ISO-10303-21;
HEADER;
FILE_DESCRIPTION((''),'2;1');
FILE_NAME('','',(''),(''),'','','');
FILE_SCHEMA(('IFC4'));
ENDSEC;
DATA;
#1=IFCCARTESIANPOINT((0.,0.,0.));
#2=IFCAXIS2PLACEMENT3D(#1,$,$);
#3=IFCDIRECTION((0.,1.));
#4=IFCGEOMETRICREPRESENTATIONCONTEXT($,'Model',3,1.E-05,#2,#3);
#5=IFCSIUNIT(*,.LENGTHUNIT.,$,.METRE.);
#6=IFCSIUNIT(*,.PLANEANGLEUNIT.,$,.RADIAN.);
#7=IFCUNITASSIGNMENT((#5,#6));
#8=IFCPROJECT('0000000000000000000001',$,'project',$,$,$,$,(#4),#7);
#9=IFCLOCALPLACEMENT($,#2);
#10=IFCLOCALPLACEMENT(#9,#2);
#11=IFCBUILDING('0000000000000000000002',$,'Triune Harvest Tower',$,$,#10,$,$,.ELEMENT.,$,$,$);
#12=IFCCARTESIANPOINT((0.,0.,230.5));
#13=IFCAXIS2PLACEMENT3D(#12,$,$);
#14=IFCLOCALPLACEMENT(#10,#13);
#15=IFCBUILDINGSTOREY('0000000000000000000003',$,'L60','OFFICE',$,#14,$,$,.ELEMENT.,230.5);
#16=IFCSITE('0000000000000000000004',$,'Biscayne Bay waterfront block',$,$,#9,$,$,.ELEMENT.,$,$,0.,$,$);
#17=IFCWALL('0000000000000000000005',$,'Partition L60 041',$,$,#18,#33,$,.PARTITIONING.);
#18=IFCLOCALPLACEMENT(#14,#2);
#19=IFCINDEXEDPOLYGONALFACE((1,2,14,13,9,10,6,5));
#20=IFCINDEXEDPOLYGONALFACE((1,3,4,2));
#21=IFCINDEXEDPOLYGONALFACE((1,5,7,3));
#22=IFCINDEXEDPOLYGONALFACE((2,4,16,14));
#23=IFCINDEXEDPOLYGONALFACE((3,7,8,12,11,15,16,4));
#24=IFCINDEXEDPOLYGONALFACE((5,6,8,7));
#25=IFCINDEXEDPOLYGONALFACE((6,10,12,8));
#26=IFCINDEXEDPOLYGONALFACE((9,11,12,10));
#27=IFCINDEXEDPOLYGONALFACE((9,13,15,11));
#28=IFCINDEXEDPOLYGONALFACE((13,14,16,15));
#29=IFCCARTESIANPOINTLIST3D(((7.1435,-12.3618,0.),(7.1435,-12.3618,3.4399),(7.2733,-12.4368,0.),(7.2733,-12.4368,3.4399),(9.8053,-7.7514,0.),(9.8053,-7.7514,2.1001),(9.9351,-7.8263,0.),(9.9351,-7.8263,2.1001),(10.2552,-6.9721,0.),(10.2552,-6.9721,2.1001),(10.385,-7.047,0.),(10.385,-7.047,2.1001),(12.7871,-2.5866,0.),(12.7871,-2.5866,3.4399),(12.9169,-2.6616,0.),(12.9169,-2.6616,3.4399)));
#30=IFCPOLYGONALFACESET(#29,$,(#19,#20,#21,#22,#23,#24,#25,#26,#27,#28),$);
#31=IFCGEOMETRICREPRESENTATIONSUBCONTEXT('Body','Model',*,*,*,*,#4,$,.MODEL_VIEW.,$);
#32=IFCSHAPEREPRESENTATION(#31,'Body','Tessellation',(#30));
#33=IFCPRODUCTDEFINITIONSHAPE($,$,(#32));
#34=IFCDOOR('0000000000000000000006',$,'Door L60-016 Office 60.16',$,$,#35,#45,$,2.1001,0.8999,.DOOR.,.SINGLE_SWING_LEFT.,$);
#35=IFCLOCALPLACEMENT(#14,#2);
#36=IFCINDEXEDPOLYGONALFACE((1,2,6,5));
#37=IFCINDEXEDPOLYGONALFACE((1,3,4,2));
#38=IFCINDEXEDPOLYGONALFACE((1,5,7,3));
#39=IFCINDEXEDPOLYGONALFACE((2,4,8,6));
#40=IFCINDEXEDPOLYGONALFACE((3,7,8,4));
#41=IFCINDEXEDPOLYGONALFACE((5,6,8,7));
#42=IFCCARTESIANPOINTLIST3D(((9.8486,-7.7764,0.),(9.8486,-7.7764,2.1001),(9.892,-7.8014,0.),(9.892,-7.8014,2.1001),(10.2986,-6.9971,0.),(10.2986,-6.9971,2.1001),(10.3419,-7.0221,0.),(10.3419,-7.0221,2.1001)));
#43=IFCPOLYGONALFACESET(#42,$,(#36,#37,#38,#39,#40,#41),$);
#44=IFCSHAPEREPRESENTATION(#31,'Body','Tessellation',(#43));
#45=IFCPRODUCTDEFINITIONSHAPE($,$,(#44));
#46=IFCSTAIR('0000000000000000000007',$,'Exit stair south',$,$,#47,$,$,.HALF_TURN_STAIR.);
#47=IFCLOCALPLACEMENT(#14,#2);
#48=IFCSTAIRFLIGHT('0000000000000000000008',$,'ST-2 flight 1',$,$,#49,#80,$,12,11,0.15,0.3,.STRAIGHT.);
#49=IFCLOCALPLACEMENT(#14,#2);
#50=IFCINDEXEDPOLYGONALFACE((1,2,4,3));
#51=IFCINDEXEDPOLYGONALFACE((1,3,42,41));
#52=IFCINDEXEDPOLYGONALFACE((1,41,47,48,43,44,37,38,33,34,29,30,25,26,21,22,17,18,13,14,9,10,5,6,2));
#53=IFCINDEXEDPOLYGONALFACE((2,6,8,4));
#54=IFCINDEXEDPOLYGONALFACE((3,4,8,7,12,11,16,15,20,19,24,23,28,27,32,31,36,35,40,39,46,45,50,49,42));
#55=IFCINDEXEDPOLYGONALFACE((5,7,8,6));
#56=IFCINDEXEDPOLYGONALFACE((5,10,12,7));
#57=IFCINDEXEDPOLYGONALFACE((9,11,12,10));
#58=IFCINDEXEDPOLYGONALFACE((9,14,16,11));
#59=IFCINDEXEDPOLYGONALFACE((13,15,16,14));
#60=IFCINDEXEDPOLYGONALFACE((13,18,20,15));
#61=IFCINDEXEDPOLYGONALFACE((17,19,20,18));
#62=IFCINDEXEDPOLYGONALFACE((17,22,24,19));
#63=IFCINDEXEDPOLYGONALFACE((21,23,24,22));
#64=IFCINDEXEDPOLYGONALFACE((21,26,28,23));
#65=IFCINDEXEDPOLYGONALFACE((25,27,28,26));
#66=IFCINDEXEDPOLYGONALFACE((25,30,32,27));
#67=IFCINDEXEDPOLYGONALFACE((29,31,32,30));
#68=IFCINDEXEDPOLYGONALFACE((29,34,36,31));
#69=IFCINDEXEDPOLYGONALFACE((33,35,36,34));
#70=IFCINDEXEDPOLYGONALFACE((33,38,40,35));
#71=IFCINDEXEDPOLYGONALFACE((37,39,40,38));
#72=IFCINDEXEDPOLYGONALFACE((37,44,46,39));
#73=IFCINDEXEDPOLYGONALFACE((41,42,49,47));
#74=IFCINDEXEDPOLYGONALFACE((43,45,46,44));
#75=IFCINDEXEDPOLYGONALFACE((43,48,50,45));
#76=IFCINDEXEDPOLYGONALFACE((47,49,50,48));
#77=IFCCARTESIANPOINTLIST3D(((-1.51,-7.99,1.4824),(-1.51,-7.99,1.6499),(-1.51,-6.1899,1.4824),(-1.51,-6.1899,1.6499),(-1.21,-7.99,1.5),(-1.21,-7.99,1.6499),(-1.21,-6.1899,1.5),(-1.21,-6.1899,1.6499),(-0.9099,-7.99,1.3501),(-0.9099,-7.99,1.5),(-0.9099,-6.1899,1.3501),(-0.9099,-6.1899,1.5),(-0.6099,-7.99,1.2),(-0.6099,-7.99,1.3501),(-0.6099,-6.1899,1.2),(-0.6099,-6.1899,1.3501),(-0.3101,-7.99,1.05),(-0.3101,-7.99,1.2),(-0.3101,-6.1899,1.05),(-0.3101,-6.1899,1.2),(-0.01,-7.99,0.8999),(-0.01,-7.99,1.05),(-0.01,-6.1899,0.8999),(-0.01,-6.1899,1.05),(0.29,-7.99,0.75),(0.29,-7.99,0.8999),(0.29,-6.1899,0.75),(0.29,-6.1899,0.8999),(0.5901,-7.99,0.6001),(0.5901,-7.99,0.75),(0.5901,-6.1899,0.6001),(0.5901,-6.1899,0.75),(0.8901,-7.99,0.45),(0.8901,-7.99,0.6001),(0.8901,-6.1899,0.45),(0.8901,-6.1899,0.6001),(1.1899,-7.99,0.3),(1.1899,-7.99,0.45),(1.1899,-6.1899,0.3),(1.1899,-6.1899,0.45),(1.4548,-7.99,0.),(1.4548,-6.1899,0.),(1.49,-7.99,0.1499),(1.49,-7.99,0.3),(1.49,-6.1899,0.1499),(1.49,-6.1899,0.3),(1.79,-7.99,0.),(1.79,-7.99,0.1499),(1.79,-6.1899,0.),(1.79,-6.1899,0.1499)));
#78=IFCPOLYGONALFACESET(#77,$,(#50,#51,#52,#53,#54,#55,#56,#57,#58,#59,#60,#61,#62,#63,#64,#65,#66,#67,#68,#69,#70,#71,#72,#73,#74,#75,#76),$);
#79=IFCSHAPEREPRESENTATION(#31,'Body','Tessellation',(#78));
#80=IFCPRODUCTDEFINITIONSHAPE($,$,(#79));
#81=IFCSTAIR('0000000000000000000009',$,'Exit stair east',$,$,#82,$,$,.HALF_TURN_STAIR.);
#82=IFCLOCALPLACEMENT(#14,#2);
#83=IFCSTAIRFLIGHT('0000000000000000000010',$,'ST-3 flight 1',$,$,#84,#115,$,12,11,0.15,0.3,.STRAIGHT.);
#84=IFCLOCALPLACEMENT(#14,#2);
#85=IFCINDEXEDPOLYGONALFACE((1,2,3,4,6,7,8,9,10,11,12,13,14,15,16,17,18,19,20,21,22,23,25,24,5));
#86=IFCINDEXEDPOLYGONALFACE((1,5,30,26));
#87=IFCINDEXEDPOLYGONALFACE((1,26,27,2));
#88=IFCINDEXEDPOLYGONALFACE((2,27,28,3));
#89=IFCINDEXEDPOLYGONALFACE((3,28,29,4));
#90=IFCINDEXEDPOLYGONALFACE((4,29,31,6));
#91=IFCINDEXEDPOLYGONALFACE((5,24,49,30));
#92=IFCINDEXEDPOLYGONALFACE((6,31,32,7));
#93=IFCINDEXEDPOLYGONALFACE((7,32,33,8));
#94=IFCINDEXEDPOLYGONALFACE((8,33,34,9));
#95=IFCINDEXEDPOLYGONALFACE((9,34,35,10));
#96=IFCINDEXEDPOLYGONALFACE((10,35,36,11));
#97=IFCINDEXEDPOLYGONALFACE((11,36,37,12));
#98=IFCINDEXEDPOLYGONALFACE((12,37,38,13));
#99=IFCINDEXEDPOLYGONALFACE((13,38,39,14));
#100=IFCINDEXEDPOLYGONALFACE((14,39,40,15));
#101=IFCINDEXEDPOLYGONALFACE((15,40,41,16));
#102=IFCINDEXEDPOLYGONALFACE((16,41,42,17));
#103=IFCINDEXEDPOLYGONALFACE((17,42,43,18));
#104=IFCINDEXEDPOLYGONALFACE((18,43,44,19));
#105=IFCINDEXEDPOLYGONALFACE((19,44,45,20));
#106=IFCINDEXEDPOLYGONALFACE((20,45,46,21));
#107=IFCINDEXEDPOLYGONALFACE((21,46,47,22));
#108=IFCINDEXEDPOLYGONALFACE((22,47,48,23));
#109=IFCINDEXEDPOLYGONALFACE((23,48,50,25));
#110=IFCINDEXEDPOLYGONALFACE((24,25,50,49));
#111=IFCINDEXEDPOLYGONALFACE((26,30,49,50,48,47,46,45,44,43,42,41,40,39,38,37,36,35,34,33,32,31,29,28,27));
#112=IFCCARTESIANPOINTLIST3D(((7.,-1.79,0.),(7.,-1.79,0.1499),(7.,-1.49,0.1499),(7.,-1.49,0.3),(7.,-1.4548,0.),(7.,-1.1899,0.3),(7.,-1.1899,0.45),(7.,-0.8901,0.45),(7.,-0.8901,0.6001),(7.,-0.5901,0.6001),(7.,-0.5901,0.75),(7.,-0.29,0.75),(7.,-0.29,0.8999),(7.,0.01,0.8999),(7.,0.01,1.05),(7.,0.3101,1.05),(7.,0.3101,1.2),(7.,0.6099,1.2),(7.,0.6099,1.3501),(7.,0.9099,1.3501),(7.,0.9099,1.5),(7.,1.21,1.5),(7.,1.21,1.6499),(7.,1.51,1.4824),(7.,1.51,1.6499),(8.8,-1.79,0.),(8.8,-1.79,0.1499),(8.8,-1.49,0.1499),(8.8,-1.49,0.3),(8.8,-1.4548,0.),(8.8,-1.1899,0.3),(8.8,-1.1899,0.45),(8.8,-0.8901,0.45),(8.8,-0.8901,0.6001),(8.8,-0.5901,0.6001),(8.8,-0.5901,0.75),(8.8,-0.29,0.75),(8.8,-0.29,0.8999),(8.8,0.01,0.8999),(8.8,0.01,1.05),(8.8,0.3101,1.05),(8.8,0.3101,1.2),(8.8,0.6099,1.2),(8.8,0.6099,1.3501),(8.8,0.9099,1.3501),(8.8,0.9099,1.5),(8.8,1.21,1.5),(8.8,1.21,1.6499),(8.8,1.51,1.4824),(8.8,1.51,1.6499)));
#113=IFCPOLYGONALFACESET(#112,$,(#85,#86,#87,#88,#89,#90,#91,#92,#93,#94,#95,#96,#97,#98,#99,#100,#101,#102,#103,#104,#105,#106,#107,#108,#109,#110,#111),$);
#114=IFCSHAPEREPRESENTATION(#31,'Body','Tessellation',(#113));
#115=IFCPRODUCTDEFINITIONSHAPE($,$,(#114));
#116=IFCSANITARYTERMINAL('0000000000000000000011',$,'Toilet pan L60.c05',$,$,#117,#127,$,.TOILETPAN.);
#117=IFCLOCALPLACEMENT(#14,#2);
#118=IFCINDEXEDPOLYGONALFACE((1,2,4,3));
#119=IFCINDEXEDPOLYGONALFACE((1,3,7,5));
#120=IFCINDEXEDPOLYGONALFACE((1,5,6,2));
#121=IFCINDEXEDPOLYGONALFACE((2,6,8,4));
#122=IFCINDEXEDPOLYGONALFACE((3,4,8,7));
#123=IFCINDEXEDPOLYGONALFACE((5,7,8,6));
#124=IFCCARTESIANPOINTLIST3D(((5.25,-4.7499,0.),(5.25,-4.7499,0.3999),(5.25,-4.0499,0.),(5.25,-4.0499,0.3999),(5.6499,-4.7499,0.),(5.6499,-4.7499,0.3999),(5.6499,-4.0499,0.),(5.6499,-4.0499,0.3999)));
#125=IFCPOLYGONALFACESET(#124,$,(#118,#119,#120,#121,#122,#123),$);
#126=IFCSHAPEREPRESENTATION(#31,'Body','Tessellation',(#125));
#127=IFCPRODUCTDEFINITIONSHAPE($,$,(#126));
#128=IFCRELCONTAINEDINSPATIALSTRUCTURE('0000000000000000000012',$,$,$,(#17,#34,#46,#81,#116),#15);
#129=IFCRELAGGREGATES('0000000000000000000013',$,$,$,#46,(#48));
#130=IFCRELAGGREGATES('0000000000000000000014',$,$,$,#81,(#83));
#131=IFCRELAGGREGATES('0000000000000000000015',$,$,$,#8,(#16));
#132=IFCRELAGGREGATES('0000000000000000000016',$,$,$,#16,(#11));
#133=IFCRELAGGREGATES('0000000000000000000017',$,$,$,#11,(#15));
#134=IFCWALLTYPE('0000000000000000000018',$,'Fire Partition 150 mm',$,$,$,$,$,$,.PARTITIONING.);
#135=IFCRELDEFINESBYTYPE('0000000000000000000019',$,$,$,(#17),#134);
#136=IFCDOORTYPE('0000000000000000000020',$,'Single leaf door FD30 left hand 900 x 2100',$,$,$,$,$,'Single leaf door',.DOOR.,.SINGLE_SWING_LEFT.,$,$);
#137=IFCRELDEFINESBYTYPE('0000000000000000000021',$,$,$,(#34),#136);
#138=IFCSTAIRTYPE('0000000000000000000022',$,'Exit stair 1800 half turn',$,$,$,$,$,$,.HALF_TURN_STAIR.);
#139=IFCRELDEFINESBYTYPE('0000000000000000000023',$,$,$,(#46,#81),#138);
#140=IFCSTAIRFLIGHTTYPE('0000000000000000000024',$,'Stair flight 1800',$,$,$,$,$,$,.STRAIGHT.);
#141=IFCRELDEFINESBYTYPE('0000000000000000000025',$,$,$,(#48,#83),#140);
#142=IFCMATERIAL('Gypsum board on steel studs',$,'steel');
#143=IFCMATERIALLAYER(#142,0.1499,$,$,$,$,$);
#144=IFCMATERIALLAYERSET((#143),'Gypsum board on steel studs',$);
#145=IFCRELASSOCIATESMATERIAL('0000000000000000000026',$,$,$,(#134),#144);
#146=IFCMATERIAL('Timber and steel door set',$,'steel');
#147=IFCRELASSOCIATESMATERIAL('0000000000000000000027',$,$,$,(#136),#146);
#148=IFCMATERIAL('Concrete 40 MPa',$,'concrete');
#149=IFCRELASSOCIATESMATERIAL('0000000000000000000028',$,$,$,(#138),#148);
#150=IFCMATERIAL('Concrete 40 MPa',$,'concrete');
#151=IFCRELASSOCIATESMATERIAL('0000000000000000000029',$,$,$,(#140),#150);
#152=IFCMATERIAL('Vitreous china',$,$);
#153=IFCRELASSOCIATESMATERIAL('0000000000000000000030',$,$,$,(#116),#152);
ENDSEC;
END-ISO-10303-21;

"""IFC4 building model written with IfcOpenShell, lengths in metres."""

from ifc_helpers import new_model, si_unit, direction, frame, frame_2d, origin, origin_2d, place, context, subcontext, project, spatial, polyline, rectangle, outline, extrude, source, transform, mapped, material, layer, layer_set, type_object, element, fill, aggregate, save


model = new_model("IFC4")

# Units and contexts
model_context = context("Model", 3, precision=1e-05, world=origin(), true_north=direction((0.0, 1.0)))
body_context = subcontext(model_context, "Body", "Model", "MODEL_VIEW")
ifc_project = project(units=[si_unit("LENGTHUNIT", "METRE"), si_unit("PLANEANGLEUNIT", "RADIAN")], contexts=[model_context])

# Site, building, storey
site_placement = place(None, origin())
site = spatial("IfcSite", under=ifc_project, at=site_placement, Name="Biscayne Bay waterfront block", CompositionType="ELEMENT", RefElevation=0.0)
building_placement = place(site_placement, origin())
building = spatial("IfcBuilding", under=site, at=building_placement, Name="Triune Harvest Tower", CompositionType="ELEMENT")
storey_placement = place(building_placement, frame((0.0, 0.0, 230.5)))
storey = spatial("IfcBuildingStorey", under=building, at=storey_placement, Name="L60", Description="OFFICE", CompositionType="ELEMENT", Elevation=230.5)

# Wall, opening, door
ifc_material_1 = material(Name="Gypsum board on steel studs", Category="steel")
ifc_layer_1 = layer(ifc_material_1, 0.1499)
ifc_layer_set_1 = layer_set([ifc_layer_1], Name="Gypsum board on steel studs")
wall_type_1 = type_object("IfcWallType", Name="Fire Partition 150 mm", PredefinedType="PARTITIONING", material=ifc_layer_set_1)
shared_shape_1 = source(origin(), body_context, "Body", "SweptSolid", [
    extrude(rectangle(XDim=11.2874, YDim=0.1499, at=frame_2d((5.6436, 0.0))), origin(), (0.0, 0.0, 1.0), 3.4399),
])
wall_1_placement = place(storey_placement, frame((7.2085, -12.3992, 0.0), z_axis=(0.0, 0.0, 1.0), x_axis=(0.499991, 0.86603, 0.0)))
wall_1 = element("IfcWall", 1, at=wall_1_placement, inside=storey, type_object=wall_type_1, Name="Partition L60 041", PredefinedType="PARTITIONING", context=body_context, shape_type="MappedRepresentation", body=[
    mapped(shared_shape_1, transform((0.0, 0.0, 0.0), scale=1.0)),
])
opening_1_placement = place(wall_1_placement, frame((5.3235, 0.0, 0.0)))
opening_1 = element("IfcOpeningElement", 2, at=opening_1_placement, cuts=wall_1, PredefinedType="OPENING", context=body_context, shape_type="SweptSolid", body=[
    extrude(rectangle(XDim=0.8999, YDim=2.1001, at=frame_2d((0.45, 1.05))), frame((0.0, 0.085, 0.0), z_axis=(0.0, -1.0, 0.0), x_axis=(1.0, 0.0, 0.0)), (0.0, 0.0, 1.0), 0.1699),
])
ifc_material_2 = material(Name="Timber and steel door set", Category="steel")
door_type_1 = type_object("IfcDoorType", Name="Single leaf door FD30 left hand 900 x 2100", ElementType="Single leaf door", OperationType="SINGLE_SWING_LEFT", PredefinedType="DOOR", material=ifc_material_2)
door_1_placement = place(opening_1_placement, origin())
door_1 = element("IfcDoor", 3, at=door_1_placement, inside=storey, type_object=door_type_1, Name="Door L60-016 Office 60.16", OperationType="SINGLE_SWING_LEFT", OverallHeight=2.1001, OverallWidth=0.8999, PredefinedType="DOOR", context=body_context, shape_type="SweptSolid", body=[
    extrude(rectangle(XDim=0.8999, YDim=2.1001, at=frame_2d((0.45, 1.05))), frame((0.0, 0.0249, 0.0), z_axis=(0.0, -1.0, 0.0), x_axis=(1.0, 0.0, 0.0)), (0.0, 0.0, 1.0), 0.05),
])
fill(opening_1, door_1)

# Stairs, stair flights
ifc_material_3 = material(Name="Concrete 40 MPa", Category="concrete")
stair_type = type_object("IfcStairType", Name="Exit stair 1800 half turn", PredefinedType="HALF_TURN_STAIR", material=ifc_material_3)
stair_1_placement = place(storey_placement, origin())
stair_1 = element("IfcStair", 4, at=stair_1_placement, inside=storey, type_object=stair_type, Name="Exit stair south", PredefinedType="HALF_TURN_STAIR")
ifc_material_4 = material(Name="Concrete 40 MPa", Category="concrete")
stair_flight_type = type_object("IfcStairFlightType", Name="Stair flight 1800", PredefinedType="STRAIGHT", material=ifc_material_4)
shared_shape_2 = source(origin(), body_context, "Body", "SweptSolid", [
    extrude(outline(polyline([(0.0, 0.0), (0.0, 0.1499), (0.3, 0.1499), (0.3, 0.3), (0.6001, 0.3), (0.6001, 0.45), (0.8999, 0.45), (0.8999, 0.6001), (1.2, 0.6001), (1.2, 0.75), (1.5, 0.75), (1.5, 0.8999), (1.8, 0.8999), (1.8, 1.05), (2.1001, 1.05), (2.1001, 1.2), (2.3999, 1.2), (2.3999, 1.3501), (2.7, 1.3501), (2.7, 1.5), (3.0, 1.5), (3.0, 1.6499), (3.3, 1.6499), (3.3, 1.8), (3.3, 1.4824), (0.3352, 0.0), (0.0, 0.0)])), frame((0.0, 0.8999, 0.0), z_axis=(0.0, -1.0, 0.0), x_axis=(1.0, 0.0, 0.0)), (0.0, 0.0, 1.0), 1.8),
])
stair_flight_1_placement = place(storey_placement, frame((1.79, -7.0901, 0.0), z_axis=(0.0, 0.0, 1.0), x_axis=(-1.0, 0.0, 0.0)))
stair_flight_1 = element("IfcStairFlight", 5, at=stair_flight_1_placement, type_object=stair_flight_type, Name="ST-2 flight 1", NumberOfRisers=12, NumberOfTreads=11, PredefinedType="STRAIGHT", RiserHeight=0.15, TreadLength=0.3, context=body_context, shape_type="MappedRepresentation", body=[
    mapped(shared_shape_2, transform((0.0, 0.0, 0.0), scale=1.0)),
])
aggregate(stair_1, [stair_flight_1])
stair_2_placement = place(storey_placement, origin())
stair_2 = element("IfcStair", 6, at=stair_2_placement, inside=storey, type_object=stair_type, Name="Exit stair east", PredefinedType="HALF_TURN_STAIR")
stair_flight_2_placement = place(storey_placement, frame((7.8999, -1.79, 0.0), z_axis=(0.0, 0.0, 1.0), x_axis=(0.0, 1.0, 0.0)))
stair_flight_2 = element("IfcStairFlight", 7, at=stair_flight_2_placement, type_object=stair_flight_type, Name="ST-3 flight 1", NumberOfRisers=12, NumberOfTreads=11, PredefinedType="STRAIGHT", RiserHeight=0.15, TreadLength=0.3, context=body_context, shape_type="MappedRepresentation", body=[
    mapped(shared_shape_2, transform((0.0, 0.0, 0.0), scale=1.0)),
])
aggregate(stair_2, [stair_flight_2])

# Sanitary terminal
ifc_material_5 = material(Name="Vitreous china")
shared_shape_3 = source(origin(), body_context, "Body", "SweptSolid", [
    extrude(rectangle(XDim=0.3999, YDim=0.7, at=origin_2d()), origin(), (0.0, 0.0, 1.0), 0.3999),
])
sanitary_terminal_placement = place(storey_placement, frame((5.45, -4.3999, 0.0), z_axis=(0.0, 0.0, 1.0), x_axis=(1.0, 0.0, 0.0)))
element("IfcSanitaryTerminal", 8, at=sanitary_terminal_placement, inside=storey, material=ifc_material_5, Name="Toilet pan L60.c05", PredefinedType="TOILETPAN", context=body_context, shape_type="MappedRepresentation", body=[
    mapped(shared_shape_3, transform((0.0, 0.0, 0.0), scale=1.0)),
])

save(model, "model.ifc")
